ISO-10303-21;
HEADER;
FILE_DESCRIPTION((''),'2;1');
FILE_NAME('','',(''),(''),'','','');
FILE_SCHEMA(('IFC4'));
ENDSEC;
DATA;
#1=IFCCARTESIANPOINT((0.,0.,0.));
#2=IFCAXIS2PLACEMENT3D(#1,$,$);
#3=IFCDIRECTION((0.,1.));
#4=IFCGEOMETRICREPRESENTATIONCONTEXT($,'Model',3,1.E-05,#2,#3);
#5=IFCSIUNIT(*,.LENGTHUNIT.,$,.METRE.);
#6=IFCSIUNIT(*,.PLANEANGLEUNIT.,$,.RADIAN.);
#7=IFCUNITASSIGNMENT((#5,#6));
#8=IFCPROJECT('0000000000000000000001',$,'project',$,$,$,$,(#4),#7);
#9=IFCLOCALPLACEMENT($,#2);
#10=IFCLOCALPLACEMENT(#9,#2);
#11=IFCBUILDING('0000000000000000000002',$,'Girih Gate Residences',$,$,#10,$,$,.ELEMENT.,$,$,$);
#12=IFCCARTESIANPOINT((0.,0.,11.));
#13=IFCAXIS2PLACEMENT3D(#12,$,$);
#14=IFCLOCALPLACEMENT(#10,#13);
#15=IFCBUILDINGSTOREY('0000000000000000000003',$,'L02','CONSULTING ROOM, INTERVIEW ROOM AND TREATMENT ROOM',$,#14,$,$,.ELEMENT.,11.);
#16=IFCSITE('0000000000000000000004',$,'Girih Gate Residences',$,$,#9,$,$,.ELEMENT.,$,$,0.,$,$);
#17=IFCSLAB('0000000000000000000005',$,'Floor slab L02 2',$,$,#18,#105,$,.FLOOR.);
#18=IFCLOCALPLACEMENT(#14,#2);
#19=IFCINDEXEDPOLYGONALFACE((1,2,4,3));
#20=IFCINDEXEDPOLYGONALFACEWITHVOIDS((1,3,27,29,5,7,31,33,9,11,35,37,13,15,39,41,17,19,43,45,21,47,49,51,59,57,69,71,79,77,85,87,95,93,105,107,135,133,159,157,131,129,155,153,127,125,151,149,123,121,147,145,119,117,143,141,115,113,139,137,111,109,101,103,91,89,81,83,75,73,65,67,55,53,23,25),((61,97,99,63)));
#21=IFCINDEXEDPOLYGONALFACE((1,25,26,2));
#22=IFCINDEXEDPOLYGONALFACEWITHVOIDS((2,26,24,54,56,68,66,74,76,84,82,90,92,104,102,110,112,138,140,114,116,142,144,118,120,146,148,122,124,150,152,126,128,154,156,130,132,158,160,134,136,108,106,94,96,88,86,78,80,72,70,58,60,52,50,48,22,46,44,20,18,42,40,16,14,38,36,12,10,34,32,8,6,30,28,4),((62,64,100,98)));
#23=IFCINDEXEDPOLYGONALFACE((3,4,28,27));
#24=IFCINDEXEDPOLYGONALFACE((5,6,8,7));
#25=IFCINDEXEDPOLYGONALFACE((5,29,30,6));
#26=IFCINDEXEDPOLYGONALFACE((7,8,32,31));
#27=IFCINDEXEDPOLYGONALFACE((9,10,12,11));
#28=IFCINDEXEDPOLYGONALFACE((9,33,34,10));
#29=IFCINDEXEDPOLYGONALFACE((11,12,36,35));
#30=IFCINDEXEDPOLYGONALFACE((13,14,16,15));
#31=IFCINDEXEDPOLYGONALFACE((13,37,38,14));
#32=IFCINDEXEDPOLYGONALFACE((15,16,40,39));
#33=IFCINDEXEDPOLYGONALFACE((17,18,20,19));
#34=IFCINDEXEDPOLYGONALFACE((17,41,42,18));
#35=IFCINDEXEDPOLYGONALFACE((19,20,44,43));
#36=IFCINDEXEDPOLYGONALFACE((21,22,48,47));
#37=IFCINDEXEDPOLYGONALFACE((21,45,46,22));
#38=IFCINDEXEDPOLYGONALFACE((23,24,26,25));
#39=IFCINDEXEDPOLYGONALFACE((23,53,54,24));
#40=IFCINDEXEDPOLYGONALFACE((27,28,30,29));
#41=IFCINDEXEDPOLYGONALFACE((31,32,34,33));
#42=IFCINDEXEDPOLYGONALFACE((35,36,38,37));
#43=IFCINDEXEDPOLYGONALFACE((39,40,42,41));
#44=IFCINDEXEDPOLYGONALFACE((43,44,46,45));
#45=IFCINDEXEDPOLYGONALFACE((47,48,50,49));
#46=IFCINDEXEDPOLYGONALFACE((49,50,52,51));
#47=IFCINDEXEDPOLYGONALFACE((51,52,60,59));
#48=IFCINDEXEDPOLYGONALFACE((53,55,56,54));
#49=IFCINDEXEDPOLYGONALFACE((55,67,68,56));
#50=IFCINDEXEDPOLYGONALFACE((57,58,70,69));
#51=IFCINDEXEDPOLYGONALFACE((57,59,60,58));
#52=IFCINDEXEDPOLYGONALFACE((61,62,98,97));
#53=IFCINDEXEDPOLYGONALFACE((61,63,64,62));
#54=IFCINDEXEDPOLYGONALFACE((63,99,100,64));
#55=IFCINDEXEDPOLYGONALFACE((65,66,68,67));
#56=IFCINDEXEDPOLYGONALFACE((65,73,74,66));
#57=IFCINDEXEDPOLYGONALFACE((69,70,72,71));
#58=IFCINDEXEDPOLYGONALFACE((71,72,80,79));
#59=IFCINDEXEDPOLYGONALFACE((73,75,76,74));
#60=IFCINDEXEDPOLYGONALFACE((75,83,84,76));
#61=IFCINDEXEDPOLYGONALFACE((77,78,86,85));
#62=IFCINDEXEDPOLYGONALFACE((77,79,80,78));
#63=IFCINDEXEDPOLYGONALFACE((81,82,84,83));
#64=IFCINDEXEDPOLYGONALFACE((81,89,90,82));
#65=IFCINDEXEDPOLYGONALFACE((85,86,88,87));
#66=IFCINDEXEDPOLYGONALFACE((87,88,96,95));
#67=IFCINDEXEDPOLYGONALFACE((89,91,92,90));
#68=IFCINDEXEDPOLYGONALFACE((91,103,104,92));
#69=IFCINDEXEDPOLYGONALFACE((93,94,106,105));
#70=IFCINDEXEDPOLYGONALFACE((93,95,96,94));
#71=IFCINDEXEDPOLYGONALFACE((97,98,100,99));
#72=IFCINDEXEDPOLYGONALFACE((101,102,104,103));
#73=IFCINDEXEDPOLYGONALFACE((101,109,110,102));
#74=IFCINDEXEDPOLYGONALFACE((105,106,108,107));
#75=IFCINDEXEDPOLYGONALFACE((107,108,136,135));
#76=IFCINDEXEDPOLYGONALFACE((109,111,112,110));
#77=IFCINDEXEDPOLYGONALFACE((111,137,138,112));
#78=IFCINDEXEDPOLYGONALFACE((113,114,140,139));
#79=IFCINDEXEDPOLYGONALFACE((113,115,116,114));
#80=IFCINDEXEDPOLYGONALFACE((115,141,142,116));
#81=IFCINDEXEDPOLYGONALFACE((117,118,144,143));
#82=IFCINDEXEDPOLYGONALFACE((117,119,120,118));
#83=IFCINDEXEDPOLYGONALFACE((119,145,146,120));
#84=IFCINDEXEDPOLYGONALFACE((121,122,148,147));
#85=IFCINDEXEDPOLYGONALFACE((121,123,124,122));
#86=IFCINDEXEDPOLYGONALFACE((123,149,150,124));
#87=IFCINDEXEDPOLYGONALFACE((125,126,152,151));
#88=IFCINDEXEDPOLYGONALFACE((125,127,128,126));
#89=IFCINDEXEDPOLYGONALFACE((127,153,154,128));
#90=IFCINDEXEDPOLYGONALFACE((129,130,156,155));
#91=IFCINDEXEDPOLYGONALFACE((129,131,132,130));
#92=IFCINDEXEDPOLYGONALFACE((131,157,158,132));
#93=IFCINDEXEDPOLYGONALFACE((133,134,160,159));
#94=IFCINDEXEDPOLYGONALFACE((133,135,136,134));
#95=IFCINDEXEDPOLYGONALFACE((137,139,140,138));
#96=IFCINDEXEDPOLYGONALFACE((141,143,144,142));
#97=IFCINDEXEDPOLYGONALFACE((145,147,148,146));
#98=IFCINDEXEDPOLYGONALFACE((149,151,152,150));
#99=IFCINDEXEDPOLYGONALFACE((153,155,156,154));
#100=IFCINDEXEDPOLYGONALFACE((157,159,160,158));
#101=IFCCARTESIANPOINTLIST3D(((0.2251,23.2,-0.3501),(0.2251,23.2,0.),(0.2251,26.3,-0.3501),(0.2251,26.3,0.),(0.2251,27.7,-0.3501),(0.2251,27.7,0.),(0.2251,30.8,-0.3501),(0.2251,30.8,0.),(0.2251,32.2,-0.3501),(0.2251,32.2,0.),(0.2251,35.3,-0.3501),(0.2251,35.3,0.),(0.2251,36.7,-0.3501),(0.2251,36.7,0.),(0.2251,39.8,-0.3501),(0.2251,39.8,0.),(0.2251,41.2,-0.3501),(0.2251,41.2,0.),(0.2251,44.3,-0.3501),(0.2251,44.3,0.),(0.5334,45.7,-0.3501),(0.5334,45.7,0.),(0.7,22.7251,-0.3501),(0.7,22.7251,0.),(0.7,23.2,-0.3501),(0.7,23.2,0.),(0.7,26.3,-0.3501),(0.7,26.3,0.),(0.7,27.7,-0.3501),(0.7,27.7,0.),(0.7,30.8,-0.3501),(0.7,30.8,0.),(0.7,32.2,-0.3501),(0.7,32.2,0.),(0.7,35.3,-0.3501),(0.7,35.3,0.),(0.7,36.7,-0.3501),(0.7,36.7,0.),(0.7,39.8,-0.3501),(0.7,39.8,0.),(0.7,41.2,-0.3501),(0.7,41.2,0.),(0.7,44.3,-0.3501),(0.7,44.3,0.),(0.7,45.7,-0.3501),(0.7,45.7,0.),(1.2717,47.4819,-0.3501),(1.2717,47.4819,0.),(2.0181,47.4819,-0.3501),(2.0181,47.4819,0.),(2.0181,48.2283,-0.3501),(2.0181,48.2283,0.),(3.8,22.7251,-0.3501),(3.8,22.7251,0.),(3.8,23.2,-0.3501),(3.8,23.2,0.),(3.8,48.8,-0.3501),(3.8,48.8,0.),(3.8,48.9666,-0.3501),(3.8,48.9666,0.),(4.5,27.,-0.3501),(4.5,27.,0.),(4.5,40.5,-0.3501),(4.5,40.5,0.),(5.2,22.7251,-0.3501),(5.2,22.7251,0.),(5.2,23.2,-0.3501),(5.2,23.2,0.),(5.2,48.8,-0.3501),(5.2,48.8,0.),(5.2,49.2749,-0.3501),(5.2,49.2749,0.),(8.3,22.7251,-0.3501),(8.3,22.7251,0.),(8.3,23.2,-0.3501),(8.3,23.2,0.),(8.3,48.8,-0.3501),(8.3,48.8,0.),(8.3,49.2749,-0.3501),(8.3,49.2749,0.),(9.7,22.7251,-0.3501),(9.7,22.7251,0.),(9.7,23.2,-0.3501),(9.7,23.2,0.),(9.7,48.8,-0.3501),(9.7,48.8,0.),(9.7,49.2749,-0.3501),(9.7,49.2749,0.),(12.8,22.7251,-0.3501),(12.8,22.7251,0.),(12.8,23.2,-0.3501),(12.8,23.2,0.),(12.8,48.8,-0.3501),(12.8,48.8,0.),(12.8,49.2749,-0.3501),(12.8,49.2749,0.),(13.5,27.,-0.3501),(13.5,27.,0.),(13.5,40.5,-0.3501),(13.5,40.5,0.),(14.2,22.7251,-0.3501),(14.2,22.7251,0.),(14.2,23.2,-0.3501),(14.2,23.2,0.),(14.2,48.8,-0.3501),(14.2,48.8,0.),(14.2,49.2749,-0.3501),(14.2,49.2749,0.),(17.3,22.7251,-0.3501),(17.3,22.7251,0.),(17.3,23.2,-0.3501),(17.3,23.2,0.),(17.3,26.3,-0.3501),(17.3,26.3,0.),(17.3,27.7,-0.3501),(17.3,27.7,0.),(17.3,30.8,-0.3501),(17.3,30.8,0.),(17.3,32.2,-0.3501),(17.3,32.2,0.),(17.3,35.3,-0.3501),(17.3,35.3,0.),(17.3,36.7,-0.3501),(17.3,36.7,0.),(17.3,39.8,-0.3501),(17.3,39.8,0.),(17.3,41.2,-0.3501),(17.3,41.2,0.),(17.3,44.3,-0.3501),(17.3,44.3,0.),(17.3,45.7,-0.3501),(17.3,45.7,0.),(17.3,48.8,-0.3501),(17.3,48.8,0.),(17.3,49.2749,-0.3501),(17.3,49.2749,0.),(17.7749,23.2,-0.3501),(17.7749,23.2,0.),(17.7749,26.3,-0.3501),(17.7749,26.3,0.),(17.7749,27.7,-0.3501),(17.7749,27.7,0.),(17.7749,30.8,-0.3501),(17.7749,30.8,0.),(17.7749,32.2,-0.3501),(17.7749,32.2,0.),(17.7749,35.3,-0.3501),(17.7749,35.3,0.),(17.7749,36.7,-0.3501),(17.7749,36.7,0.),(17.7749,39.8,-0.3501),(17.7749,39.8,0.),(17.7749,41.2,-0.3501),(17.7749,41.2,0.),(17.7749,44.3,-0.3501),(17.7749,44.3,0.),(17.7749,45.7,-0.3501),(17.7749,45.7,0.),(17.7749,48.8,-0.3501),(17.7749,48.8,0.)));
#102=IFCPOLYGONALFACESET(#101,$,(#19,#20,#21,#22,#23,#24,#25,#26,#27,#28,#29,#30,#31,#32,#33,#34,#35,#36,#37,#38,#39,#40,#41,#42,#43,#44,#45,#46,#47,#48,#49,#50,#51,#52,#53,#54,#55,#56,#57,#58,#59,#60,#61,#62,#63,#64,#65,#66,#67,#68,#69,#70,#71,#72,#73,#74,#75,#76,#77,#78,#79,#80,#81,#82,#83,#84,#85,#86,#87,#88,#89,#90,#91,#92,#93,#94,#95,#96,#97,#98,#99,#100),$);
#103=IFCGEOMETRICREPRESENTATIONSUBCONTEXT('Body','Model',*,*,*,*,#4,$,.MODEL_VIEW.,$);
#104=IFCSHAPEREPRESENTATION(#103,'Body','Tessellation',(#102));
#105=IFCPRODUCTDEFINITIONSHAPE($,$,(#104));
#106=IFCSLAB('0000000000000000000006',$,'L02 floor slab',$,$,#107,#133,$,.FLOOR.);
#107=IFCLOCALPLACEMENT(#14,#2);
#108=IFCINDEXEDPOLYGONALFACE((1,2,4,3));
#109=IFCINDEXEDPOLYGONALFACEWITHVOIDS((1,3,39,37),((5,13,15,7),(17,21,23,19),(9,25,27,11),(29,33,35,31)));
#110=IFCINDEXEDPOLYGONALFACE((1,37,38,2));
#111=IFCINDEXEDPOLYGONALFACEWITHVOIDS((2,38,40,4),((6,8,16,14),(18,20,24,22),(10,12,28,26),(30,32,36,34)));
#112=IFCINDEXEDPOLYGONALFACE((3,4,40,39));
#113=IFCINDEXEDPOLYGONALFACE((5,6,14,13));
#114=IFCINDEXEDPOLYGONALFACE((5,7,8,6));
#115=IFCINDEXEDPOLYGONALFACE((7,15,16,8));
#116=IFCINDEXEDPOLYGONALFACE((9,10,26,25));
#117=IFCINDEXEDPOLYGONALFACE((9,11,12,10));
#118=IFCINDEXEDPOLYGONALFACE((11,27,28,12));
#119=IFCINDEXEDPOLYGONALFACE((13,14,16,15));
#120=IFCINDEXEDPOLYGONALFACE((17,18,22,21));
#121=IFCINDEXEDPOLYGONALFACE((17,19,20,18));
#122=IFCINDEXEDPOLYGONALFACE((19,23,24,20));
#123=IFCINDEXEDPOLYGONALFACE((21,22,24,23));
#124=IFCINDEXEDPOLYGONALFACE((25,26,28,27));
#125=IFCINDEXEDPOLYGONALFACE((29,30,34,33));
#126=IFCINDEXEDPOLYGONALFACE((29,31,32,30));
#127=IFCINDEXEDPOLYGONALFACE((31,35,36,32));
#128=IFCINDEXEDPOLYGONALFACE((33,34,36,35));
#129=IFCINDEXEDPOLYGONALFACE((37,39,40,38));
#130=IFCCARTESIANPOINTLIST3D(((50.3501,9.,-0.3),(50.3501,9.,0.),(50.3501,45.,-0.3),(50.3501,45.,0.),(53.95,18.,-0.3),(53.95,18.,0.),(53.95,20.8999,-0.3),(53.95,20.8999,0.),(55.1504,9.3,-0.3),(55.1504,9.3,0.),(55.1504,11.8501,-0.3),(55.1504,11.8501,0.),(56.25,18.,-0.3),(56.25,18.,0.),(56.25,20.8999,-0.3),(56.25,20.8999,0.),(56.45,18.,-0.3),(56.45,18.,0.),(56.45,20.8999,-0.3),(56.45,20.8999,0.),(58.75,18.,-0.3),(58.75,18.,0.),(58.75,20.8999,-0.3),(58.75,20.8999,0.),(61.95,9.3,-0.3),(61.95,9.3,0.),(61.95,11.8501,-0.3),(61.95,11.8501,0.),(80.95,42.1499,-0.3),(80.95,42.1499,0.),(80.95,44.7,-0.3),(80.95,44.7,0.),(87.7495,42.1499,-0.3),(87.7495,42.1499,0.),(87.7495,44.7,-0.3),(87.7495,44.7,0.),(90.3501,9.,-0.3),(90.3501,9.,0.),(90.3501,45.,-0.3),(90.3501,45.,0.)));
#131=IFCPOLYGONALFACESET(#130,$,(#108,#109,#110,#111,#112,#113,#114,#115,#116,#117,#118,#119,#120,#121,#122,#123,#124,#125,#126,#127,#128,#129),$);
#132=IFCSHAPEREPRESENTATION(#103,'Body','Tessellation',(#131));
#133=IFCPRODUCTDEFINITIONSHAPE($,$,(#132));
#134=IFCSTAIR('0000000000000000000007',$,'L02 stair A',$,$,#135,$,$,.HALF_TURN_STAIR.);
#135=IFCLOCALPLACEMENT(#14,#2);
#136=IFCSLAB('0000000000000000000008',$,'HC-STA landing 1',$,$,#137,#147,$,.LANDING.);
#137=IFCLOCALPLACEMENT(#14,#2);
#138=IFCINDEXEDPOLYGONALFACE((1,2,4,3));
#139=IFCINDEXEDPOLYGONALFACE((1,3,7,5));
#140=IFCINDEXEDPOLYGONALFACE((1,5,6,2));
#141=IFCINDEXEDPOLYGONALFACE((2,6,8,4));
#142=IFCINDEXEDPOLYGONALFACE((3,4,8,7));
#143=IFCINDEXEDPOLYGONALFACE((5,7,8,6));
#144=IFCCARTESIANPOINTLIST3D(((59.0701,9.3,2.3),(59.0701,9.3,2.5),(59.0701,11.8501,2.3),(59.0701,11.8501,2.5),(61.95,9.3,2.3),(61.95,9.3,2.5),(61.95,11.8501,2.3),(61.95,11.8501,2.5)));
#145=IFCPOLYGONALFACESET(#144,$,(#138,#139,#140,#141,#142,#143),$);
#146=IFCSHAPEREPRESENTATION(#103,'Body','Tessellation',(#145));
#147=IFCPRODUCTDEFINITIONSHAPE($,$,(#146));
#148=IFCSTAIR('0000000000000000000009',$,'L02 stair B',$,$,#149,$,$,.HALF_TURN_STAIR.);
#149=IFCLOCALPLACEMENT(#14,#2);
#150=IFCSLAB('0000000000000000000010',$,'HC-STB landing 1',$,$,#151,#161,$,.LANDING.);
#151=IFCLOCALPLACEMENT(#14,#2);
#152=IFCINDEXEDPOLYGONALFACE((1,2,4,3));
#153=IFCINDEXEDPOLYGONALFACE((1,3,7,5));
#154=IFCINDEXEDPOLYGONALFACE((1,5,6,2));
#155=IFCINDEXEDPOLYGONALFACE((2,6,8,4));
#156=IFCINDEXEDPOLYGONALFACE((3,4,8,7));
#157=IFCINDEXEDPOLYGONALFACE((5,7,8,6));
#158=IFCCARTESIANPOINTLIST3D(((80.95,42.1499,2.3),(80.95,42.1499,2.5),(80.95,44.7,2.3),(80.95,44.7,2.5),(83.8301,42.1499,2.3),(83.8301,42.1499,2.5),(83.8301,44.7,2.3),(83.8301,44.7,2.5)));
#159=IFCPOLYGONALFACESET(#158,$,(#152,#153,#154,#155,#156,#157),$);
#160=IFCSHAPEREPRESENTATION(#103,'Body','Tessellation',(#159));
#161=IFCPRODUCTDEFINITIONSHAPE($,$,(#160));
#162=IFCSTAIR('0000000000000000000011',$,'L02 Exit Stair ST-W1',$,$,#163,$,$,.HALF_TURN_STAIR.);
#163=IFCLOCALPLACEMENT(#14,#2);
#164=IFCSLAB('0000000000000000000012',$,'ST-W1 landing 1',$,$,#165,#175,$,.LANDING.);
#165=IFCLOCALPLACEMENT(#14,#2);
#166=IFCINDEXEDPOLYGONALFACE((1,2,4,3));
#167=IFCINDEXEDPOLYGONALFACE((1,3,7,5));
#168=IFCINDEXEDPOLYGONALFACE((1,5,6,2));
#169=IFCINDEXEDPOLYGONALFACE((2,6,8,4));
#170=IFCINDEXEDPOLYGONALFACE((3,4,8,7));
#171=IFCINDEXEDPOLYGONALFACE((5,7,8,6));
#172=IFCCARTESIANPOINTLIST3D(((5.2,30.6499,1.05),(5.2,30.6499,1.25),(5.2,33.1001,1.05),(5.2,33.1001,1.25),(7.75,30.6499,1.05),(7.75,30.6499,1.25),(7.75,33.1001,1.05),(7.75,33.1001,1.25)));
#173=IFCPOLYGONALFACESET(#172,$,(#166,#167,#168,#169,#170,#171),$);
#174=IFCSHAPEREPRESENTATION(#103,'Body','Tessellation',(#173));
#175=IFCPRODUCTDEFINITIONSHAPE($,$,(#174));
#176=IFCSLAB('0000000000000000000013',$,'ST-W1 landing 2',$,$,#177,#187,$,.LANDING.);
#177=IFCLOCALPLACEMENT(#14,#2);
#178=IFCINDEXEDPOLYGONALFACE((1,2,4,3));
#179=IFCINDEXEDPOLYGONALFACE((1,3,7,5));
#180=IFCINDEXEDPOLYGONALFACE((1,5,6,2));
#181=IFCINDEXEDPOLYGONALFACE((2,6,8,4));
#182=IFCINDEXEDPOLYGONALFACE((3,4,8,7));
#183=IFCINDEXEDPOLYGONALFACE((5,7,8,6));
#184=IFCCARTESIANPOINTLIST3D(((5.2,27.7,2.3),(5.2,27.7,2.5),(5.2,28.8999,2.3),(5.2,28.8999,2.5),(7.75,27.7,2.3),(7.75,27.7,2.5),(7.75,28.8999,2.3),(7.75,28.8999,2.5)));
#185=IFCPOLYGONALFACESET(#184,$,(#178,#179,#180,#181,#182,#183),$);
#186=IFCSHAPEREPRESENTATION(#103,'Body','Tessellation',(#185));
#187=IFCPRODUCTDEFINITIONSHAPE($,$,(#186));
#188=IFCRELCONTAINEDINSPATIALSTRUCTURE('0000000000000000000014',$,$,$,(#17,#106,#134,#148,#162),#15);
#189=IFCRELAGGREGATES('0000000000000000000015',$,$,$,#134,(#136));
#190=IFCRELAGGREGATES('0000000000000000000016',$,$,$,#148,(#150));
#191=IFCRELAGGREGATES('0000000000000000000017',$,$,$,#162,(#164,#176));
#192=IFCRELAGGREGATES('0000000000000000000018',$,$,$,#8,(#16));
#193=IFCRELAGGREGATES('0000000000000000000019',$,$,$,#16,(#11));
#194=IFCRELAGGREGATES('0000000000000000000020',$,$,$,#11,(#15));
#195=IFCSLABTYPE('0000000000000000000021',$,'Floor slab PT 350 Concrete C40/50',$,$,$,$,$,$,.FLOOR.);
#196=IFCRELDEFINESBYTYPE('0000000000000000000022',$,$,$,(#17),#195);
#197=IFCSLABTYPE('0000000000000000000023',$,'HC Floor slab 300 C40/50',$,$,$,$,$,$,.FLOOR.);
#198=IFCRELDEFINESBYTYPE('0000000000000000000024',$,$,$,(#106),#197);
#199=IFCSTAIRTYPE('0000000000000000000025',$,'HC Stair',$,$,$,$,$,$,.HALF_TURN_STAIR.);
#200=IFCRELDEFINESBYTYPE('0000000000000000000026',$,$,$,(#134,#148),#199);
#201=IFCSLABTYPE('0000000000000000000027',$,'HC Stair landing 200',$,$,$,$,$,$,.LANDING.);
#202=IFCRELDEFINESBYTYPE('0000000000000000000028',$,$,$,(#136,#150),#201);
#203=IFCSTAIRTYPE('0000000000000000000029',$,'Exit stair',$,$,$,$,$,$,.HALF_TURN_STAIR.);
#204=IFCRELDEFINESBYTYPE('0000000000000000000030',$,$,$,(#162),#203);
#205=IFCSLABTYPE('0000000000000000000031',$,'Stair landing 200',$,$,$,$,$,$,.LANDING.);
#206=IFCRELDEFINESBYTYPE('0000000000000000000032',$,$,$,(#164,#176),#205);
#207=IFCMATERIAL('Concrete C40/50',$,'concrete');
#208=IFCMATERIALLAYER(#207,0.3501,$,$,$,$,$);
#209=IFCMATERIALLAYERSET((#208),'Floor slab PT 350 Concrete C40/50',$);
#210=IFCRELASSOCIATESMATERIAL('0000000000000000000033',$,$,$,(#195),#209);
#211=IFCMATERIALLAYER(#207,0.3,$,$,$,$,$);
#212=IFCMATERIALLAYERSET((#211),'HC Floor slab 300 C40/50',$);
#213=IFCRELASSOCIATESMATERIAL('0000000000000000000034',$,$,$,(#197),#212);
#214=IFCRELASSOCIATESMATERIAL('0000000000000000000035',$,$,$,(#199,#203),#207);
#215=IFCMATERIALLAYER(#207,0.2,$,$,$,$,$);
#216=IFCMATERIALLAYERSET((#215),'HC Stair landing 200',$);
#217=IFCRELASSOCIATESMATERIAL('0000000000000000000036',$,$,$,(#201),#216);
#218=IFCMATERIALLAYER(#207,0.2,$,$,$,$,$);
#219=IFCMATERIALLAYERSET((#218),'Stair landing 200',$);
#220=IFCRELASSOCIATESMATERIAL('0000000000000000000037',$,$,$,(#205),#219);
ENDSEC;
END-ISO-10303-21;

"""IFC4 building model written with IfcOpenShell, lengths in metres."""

from ifc_helpers import new_model, si_unit, direction, frame, origin, place, context, subcontext, project, spatial, polyline, outline, extrude, material, layer, layer_set, type_object, element, aggregate, save


model = new_model("IFC4")

# Units and contexts
model_context = context("Model", 3, precision=1e-05, world=origin(), true_north=direction((0.0, 1.0)))
body_context = subcontext(model_context, "Body", "Model", "MODEL_VIEW")
ifc_project = project(units=[si_unit("LENGTHUNIT", "METRE"), si_unit("PLANEANGLEUNIT", "RADIAN")], contexts=[model_context])

# Site, building, storey
site_placement = place(None, origin())
site = spatial("IfcSite", under=ifc_project, at=site_placement, Name="Girih Gate Residences", CompositionType="ELEMENT", RefElevation=0.0)
building_placement = place(site_placement, origin())
building = spatial("IfcBuilding", under=site, at=building_placement, Name="Girih Gate Residences", CompositionType="ELEMENT")
storey_placement = place(building_placement, frame((0.0, 0.0, 11.0)))
storey = spatial("IfcBuildingStorey", under=building, at=storey_placement, Name="L02", Description="CONSULTING ROOM, INTERVIEW ROOM AND TREATMENT ROOM", CompositionType="ELEMENT", Elevation=11.0)

# Slabs
ifc_material_1 = material(Name="Concrete C40/50", Category="concrete")
ifc_layer_1 = layer(ifc_material_1, 0.3501)
ifc_layer_set_1 = layer_set([ifc_layer_1], Name="Floor slab PT 350 Concrete C40/50")
slab_type_1 = type_object("IfcSlabType", Name="Floor slab PT 350 Concrete C40/50", PredefinedType="FLOOR", material=ifc_layer_set_1)
slab_1_placement = place(storey_placement, frame((0.0, 0.0, -0.3501)))
element("IfcSlab", 1, at=slab_1_placement, inside=storey, type_object=slab_type_1, Name="Floor slab L02 2", PredefinedType="FLOOR", context=body_context, shape_type="SweptSolid", body=[
    extrude(outline(polyline([(0.2251, 26.3), (0.2251, 23.2), (0.7, 23.2), (0.7, 22.7251), (3.8, 22.7251), (3.8, 23.2), (5.2, 23.2), (5.2, 22.7251), (8.3, 22.7251), (8.3, 23.2), (9.7, 23.2), (9.7, 22.7251), (12.8, 22.7251), (12.8, 23.2), (14.2, 23.2), (14.2, 22.7251), (17.3, 22.7251), (17.3, 23.2), (17.7749, 23.2), (17.7749, 26.3), (17.3, 26.3), (17.3, 27.7), (17.7749, 27.7), (17.7749, 30.8), (17.3, 30.8), (17.3, 32.2), (17.7749, 32.2), (17.7749, 35.3), (17.3, 35.3), (17.3, 36.7), (17.7749, 36.7), (17.7749, 39.8), (17.3, 39.8), (17.3, 41.2), (17.7749, 41.2), (17.7749, 44.3), (17.3, 44.3), (17.3, 45.7), (17.7749, 45.7), (17.7749, 48.8), (17.3, 48.8), (17.3, 49.2749), (14.2, 49.2749), (14.2, 48.8), (12.8, 48.8), (12.8, 49.2749), (9.7, 49.2749), (9.7, 48.8), (8.3, 48.8), (8.3, 49.2749), (5.2, 49.2749), (5.2, 48.8), (3.8, 48.8), (3.8, 48.9666), (2.0181, 48.2283), (2.0181, 47.4819), (1.2717, 47.4819), (0.5334, 45.7), (0.7, 45.7), (0.7, 44.3), (0.2251, 44.3), (0.2251, 41.2), (0.7, 41.2), (0.7, 39.8), (0.2251, 39.8), (0.2251, 36.7), (0.7, 36.7), (0.7, 35.3), (0.2251, 35.3), (0.2251, 32.2), (0.7, 32.2), (0.7, 30.8), (0.2251, 30.8), (0.2251, 27.7), (0.7, 27.7), (0.7, 26.3), (0.2251, 26.3)]), holes=[polyline([(13.5, 40.5), (13.5, 27.0), (4.5, 27.0), (4.5, 40.5), (13.5, 40.5)])]), origin(), (0.0, 0.0, 1.0), 0.3501),
])
ifc_layer_2 = layer(ifc_material_1, 0.3)
ifc_layer_set_2 = layer_set([ifc_layer_2], Name="HC Floor slab 300 C40/50")
slab_type_2 = type_object("IfcSlabType", Name="HC Floor slab 300 C40/50", PredefinedType="FLOOR", material=ifc_layer_set_2)
slab_2_placement = place(storey_placement, frame((0.0, 0.0, -0.3)))
element("IfcSlab", 2, at=slab_2_placement, inside=storey, type_object=slab_type_2, Name="L02 floor slab", PredefinedType="FLOOR", context=body_context, shape_type="SweptSolid", body=[
    extrude(outline(polyline([(50.3501, 9.0), (90.3501, 9.0), (90.3501, 45.0), (50.3501, 45.0), (50.3501, 9.0)]), holes=[polyline([(55.1504, 9.3), (61.95, 9.3), (61.95, 11.8501), (55.1504, 11.8501), (55.1504, 9.3)]), polyline([(87.7495, 44.7), (80.95, 44.7), (80.95, 42.1499), (87.7495, 42.1499), (87.7495, 44.7)]), polyline([(53.95, 18.0), (56.25, 18.0), (56.25, 20.8999), (53.95, 20.8999), (53.95, 18.0)]), polyline([(56.45, 18.0), (58.75, 18.0), (58.75, 20.8999), (56.45, 20.8999), (56.45, 18.0)])]), origin(), (0.0, 0.0, 1.0), 0.3),
])

# Stairs, slabs
stair_type_1 = type_object("IfcStairType", Name="HC Stair", PredefinedType="HALF_TURN_STAIR", material=ifc_material_1)
stair_1_placement = place(storey_placement, origin())
stair_1 = element("IfcStair", 3, at=stair_1_placement, inside=storey, type_object=stair_type_1, Name="L02 stair A", PredefinedType="HALF_TURN_STAIR")
ifc_layer_3 = layer(ifc_material_1, 0.2)
ifc_layer_set_3 = layer_set([ifc_layer_3], Name="HC Stair landing 200")
slab_type_3 = type_object("IfcSlabType", Name="HC Stair landing 200", PredefinedType="LANDING", material=ifc_layer_set_3)
slab_3_placement = place(storey_placement, frame((0.0, 0.0, 2.3)))
slab_3 = element("IfcSlab", 4, at=slab_3_placement, type_object=slab_type_3, Name="HC-STA landing 1", PredefinedType="LANDING", context=body_context, shape_type="SweptSolid", body=[
    extrude(outline(polyline([(59.0701, 9.3), (61.95, 9.3), (61.95, 11.8501), (59.0701, 11.8501), (59.0701, 9.3)])), origin(), (0.0, 0.0, 1.0), 0.2),
])
aggregate(stair_1, [slab_3])
stair_2_placement = place(storey_placement, origin())
stair_2 = element("IfcStair", 5, at=stair_2_placement, inside=storey, type_object=stair_type_1, Name="L02 stair B", PredefinedType="HALF_TURN_STAIR")
slab_4_placement = place(storey_placement, frame((0.0, 0.0, 2.3)))
slab_4 = element("IfcSlab", 6, at=slab_4_placement, type_object=slab_type_3, Name="HC-STB landing 1", PredefinedType="LANDING", context=body_context, shape_type="SweptSolid", body=[
    extrude(outline(polyline([(83.8301, 44.7), (80.95, 44.7), (80.95, 42.1499), (83.8301, 42.1499), (83.8301, 44.7)])), origin(), (0.0, 0.0, 1.0), 0.2),
])
aggregate(stair_2, [slab_4])

# Stair, slabs
stair_type_2 = type_object("IfcStairType", Name="Exit stair", PredefinedType="HALF_TURN_STAIR", material=ifc_material_1)
stair_3_placement = place(storey_placement, origin())
stair_3 = element("IfcStair", 7, at=stair_3_placement, inside=storey, type_object=stair_type_2, Name="L02 Exit Stair ST-W1", PredefinedType="HALF_TURN_STAIR")
ifc_layer_4 = layer(ifc_material_1, 0.2)
ifc_layer_set_4 = layer_set([ifc_layer_4], Name="Stair landing 200")
slab_type_4 = type_object("IfcSlabType", Name="Stair landing 200", PredefinedType="LANDING", material=ifc_layer_set_4)
slab_5_placement = place(storey_placement, frame((0.0, 0.0, 1.05)))
slab_5 = element("IfcSlab", 8, at=slab_5_placement, type_object=slab_type_4, Name="ST-W1 landing 1", PredefinedType="LANDING", context=body_context, shape_type="SweptSolid", body=[
    extrude(outline(polyline([(7.75, 30.6499), (7.75, 33.1001), (5.2, 33.1001), (5.2, 30.6499), (7.75, 30.6499)])), origin(), (0.0, 0.0, 1.0), 0.2),
])
slab_6_placement = place(storey_placement, frame((0.0, 0.0, 2.3)))
slab_6 = element("IfcSlab", 9, at=slab_6_placement, type_object=slab_type_4, Name="ST-W1 landing 2", PredefinedType="LANDING", context=body_context, shape_type="SweptSolid", body=[
    extrude(outline(polyline([(7.75, 27.7), (7.75, 28.8999), (5.2, 28.8999), (5.2, 27.7), (7.75, 27.7)])), origin(), (0.0, 0.0, 1.0), 0.2),
])
aggregate(stair_3, [slab_5, slab_6])

save(model, "model.ifc")
